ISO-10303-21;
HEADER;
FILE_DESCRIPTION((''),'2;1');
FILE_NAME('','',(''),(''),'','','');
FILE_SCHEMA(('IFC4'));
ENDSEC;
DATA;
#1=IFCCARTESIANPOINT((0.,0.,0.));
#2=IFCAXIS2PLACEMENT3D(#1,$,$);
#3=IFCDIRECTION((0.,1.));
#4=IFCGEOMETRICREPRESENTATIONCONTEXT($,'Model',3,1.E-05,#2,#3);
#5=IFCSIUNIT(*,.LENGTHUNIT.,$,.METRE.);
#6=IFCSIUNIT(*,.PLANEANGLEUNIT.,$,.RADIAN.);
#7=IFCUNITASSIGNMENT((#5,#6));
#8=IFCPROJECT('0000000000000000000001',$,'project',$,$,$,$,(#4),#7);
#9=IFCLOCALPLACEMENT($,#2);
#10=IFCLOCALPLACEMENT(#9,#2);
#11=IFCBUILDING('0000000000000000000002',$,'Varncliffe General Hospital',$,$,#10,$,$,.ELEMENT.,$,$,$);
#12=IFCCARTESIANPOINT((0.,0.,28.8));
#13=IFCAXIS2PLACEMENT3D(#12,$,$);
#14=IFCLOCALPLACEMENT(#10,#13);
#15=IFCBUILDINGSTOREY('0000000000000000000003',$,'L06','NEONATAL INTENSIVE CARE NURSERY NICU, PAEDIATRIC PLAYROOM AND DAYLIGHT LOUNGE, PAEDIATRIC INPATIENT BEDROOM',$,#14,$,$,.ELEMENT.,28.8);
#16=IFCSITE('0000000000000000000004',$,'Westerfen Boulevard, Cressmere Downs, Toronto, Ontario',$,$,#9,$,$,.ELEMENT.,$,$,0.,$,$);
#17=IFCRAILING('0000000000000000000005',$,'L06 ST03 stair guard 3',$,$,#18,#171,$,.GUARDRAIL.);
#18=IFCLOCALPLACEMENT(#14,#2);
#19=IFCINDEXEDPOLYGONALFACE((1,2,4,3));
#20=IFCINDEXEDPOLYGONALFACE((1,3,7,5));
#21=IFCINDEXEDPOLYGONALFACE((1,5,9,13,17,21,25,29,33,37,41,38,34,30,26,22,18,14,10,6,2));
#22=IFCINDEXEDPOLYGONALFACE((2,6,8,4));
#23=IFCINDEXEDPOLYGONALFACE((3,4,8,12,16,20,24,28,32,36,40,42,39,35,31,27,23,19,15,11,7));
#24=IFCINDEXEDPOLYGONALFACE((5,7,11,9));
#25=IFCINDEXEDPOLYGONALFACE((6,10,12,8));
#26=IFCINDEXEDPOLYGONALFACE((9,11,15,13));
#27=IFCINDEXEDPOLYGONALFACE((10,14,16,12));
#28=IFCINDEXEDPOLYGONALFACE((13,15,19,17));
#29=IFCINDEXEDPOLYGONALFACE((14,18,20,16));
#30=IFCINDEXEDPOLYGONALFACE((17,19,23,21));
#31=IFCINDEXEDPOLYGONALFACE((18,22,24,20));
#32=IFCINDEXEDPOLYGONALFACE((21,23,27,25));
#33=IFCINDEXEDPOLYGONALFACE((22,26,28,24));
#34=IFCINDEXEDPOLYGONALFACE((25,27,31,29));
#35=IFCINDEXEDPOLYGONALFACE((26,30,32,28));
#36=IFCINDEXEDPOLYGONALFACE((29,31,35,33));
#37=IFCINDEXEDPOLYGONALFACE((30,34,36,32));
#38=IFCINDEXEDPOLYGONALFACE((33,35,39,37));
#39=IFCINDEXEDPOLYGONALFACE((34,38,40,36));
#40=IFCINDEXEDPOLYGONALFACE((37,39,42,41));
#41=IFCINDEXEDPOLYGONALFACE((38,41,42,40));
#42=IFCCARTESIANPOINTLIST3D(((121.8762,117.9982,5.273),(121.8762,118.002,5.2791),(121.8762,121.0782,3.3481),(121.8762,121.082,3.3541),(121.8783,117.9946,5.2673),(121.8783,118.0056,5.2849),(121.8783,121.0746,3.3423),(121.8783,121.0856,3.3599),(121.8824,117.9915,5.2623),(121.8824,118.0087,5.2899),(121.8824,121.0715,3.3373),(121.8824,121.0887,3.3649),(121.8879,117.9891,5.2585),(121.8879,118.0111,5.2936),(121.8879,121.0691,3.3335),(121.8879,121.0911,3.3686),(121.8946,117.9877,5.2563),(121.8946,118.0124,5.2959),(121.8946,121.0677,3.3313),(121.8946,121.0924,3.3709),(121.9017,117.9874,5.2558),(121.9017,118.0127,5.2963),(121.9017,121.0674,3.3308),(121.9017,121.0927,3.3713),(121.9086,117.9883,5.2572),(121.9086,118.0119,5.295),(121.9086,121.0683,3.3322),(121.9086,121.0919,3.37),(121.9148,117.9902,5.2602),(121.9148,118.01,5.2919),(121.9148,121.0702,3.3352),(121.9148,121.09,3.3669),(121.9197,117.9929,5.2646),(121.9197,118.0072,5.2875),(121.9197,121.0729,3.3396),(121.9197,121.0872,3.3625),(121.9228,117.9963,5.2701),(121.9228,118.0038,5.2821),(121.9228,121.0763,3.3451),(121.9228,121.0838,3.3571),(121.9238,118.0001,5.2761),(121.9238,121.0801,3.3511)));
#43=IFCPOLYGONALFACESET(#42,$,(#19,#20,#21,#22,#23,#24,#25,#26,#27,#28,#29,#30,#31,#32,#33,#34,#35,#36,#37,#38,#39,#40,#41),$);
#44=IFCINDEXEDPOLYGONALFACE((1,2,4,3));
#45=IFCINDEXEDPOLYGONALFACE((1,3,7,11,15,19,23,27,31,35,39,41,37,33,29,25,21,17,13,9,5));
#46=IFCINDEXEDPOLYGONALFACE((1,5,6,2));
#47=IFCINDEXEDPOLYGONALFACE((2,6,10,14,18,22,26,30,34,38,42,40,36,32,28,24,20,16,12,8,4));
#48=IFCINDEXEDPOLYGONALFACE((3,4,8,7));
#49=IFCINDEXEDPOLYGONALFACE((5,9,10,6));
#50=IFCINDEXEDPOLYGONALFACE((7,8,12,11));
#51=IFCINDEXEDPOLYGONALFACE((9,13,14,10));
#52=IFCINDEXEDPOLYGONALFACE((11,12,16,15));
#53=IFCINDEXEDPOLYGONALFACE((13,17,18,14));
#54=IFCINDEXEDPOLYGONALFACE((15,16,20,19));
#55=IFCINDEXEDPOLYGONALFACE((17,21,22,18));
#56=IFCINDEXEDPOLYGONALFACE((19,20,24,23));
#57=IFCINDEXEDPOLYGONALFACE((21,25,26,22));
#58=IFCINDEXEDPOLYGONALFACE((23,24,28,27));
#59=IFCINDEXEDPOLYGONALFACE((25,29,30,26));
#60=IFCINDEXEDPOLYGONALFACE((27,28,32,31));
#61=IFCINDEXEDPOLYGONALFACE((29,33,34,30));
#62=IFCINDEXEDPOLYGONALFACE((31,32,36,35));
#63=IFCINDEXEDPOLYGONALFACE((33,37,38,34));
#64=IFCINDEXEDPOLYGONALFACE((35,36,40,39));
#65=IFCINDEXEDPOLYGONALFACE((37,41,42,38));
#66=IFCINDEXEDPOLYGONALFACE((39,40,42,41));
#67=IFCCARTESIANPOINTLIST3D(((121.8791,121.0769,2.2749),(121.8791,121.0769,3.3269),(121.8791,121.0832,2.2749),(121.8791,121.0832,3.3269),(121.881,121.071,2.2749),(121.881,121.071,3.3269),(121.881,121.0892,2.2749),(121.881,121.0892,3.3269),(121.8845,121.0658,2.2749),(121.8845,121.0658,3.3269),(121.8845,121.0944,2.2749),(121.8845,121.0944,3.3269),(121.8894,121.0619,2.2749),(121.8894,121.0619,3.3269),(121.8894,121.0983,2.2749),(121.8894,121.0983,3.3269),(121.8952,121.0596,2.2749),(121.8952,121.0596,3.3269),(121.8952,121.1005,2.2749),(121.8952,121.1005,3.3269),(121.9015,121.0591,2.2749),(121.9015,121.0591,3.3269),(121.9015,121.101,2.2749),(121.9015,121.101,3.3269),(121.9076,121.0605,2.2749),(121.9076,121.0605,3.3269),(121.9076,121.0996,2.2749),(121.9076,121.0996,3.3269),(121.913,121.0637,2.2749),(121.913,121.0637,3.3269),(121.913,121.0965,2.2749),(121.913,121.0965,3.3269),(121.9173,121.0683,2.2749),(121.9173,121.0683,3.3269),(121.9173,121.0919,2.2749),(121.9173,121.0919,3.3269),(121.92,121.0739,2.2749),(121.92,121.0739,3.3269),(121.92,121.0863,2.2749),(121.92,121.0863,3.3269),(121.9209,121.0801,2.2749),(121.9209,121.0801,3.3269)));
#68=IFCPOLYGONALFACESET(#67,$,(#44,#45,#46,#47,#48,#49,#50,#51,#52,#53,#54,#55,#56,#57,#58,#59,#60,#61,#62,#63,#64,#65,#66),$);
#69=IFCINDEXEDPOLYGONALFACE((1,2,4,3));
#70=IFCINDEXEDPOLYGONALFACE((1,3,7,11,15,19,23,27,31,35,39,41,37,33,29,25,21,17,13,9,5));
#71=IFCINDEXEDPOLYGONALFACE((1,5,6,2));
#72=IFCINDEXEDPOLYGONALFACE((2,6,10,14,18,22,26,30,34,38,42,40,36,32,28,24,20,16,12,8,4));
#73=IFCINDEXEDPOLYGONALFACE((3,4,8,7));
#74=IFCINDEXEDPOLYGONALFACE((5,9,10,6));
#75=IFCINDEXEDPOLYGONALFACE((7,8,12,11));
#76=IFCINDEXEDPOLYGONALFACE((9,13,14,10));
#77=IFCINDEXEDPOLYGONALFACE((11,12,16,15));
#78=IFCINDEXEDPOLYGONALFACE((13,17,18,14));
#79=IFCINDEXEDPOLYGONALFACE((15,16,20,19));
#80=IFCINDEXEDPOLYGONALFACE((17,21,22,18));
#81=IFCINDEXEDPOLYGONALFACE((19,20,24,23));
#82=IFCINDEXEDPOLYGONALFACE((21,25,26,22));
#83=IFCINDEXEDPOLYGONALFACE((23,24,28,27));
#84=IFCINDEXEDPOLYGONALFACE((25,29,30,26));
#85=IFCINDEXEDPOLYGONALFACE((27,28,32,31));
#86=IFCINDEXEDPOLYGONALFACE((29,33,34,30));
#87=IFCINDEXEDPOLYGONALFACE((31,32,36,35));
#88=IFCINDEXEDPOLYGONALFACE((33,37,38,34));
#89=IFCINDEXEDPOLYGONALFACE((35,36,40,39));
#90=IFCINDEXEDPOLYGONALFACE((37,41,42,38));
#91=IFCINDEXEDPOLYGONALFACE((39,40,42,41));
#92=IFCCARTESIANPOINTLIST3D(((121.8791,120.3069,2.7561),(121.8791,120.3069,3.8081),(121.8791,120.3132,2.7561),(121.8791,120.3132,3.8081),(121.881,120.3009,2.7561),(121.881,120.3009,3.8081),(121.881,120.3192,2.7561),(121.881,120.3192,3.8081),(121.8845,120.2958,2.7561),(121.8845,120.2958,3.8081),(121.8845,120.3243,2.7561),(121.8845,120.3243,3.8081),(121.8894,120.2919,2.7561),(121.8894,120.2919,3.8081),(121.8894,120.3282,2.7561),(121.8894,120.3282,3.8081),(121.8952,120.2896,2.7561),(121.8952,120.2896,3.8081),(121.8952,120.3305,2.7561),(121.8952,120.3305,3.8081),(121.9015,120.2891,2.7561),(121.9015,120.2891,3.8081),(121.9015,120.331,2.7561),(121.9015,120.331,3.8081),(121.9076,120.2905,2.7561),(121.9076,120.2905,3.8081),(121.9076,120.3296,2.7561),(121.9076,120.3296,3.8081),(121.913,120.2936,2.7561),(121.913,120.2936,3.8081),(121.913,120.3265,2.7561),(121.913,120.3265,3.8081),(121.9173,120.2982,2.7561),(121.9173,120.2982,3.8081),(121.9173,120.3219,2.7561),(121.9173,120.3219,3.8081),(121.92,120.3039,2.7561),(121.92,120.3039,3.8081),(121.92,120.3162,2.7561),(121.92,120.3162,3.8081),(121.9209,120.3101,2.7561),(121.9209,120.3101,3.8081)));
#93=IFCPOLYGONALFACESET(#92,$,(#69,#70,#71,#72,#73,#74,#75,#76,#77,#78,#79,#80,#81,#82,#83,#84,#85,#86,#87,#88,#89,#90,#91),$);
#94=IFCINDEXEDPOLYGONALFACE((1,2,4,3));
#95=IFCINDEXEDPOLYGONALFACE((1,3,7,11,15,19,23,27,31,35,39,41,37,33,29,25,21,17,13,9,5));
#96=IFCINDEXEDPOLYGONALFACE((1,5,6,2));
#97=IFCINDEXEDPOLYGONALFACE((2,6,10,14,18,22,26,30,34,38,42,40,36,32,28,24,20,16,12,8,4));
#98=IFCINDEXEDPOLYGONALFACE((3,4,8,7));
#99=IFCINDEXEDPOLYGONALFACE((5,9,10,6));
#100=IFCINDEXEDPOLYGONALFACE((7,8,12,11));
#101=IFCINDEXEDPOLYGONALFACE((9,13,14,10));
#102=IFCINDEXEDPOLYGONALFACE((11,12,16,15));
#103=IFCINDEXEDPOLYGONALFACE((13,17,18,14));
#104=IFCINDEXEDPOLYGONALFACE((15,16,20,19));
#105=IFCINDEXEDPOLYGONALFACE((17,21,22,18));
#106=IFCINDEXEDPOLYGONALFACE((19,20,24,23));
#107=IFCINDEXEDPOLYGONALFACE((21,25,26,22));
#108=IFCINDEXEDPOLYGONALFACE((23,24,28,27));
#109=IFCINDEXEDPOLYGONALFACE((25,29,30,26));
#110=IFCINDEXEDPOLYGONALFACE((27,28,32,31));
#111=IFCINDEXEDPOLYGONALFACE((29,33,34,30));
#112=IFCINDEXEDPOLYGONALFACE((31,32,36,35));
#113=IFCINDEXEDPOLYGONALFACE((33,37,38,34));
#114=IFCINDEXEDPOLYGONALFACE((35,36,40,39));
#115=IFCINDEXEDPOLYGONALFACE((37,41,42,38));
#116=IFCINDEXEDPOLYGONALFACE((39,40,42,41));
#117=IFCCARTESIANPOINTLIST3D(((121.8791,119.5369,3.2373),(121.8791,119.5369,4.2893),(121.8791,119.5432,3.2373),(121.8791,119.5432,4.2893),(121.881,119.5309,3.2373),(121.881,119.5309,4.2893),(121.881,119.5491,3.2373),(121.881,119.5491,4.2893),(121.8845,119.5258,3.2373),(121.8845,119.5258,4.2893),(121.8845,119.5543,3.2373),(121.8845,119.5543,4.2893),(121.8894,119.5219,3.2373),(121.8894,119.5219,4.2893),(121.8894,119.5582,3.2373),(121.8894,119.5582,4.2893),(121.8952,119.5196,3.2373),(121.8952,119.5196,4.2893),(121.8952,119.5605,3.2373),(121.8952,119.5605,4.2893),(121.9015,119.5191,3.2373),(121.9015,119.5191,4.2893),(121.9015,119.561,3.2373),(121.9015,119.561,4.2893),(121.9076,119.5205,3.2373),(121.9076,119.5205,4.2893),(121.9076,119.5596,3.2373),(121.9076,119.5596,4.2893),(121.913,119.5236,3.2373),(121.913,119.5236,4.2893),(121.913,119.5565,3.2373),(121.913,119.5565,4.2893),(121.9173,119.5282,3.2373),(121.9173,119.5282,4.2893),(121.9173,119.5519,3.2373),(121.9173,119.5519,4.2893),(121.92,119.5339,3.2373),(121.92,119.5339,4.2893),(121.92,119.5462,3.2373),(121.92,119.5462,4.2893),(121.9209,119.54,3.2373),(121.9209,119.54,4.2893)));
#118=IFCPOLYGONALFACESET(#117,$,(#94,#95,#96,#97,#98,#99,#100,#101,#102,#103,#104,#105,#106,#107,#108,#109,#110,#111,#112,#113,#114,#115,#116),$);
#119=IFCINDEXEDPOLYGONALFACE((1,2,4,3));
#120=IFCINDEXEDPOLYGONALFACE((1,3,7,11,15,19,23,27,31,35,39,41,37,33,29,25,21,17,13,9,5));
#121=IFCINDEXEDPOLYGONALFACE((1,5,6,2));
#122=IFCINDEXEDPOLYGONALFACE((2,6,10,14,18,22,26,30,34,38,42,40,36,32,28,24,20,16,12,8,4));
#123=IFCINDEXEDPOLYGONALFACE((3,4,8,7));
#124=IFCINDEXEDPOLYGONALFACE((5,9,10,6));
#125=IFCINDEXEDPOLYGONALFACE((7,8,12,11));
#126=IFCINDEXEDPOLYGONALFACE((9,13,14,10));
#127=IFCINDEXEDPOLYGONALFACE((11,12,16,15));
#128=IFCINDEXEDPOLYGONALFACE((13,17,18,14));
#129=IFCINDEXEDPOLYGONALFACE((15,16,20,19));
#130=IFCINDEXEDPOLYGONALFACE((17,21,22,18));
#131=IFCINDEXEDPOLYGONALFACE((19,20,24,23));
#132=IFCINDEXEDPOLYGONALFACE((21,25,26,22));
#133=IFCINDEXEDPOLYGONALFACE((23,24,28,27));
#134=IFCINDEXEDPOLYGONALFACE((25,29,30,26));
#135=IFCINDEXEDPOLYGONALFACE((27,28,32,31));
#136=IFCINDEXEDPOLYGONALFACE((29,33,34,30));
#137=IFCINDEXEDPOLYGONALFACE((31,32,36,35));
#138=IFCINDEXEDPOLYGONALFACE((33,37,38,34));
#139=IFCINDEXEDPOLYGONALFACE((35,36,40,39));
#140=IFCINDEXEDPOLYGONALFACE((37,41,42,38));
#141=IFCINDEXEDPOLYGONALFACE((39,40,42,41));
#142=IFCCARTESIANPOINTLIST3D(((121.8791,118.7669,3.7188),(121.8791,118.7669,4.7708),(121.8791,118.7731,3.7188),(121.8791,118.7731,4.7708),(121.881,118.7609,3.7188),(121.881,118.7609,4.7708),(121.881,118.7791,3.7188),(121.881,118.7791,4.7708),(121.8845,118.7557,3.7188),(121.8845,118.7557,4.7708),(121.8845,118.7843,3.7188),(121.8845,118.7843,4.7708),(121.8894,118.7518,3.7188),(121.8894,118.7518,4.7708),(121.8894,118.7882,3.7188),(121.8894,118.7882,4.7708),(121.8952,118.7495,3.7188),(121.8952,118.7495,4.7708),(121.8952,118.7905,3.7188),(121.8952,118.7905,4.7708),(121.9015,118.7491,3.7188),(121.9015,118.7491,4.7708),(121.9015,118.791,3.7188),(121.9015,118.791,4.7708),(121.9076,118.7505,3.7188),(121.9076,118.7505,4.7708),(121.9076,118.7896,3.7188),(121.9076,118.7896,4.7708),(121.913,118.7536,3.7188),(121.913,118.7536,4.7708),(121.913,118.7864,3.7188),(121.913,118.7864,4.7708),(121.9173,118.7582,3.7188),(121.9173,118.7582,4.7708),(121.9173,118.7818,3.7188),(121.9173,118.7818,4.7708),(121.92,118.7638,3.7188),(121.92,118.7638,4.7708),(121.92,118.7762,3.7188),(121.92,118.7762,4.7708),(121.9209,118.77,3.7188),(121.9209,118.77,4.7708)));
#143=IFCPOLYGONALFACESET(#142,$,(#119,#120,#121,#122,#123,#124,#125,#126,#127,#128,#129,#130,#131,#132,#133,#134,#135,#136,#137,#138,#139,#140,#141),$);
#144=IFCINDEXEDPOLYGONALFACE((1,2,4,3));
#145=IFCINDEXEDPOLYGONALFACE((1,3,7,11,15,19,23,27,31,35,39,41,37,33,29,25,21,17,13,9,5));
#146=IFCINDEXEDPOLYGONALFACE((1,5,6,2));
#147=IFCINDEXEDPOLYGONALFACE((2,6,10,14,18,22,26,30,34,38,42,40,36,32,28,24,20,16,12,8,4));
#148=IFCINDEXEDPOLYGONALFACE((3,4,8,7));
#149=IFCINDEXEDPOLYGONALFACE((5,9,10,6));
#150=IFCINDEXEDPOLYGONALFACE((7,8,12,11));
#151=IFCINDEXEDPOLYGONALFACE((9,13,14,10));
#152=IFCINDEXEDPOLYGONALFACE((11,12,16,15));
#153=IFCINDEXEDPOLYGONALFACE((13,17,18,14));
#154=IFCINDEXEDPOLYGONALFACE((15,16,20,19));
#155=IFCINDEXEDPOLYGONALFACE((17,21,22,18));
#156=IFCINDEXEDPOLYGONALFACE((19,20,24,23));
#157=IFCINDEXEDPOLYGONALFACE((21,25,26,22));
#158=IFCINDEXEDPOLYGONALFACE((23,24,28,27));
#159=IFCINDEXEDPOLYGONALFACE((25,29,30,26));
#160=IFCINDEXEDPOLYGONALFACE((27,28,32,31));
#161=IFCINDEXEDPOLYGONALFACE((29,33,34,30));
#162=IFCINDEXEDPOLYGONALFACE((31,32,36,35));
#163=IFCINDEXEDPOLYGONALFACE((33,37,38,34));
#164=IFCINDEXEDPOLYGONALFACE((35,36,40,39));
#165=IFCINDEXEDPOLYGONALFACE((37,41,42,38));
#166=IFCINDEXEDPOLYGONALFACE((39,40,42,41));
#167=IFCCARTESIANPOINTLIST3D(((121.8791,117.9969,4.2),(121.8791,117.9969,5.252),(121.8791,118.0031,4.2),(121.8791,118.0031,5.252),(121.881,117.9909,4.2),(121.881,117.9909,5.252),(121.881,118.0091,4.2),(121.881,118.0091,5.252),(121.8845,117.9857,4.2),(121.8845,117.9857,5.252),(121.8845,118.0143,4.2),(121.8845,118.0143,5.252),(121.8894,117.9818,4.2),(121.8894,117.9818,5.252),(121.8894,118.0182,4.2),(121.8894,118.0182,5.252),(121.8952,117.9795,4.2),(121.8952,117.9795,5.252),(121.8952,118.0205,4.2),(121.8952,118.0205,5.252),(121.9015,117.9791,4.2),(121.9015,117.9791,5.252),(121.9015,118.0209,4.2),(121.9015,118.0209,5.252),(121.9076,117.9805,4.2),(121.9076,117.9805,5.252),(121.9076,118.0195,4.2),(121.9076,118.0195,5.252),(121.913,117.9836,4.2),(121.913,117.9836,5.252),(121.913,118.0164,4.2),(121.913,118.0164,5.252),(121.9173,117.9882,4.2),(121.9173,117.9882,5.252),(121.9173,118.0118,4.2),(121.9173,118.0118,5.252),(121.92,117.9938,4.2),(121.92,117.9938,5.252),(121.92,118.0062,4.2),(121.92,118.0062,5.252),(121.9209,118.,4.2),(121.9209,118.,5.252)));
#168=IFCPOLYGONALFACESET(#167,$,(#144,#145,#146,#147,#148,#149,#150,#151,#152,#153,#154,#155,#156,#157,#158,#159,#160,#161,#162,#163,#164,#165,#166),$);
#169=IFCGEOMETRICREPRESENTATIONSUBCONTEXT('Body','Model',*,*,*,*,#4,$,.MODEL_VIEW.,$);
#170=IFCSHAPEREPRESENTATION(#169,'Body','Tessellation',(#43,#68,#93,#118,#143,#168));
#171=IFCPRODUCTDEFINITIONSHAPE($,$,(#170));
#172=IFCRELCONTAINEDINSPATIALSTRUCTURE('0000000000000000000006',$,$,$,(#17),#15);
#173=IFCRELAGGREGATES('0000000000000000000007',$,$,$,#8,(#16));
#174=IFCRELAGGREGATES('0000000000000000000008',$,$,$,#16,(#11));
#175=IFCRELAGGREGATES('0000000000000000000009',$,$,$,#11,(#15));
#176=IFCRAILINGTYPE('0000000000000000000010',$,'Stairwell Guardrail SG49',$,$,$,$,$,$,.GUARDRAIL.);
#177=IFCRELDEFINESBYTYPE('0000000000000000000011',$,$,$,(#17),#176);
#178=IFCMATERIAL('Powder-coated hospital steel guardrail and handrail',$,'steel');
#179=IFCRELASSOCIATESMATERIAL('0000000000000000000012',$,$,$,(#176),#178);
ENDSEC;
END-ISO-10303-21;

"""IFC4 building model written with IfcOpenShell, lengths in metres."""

from ifc_helpers import new_model, si_unit, direction, frame, origin, origin_2d, place, context, subcontext, project, spatial, circle, extrude, material, type_object, element, save


model = new_model("IFC4")

# Units and contexts
model_context = context("Model", 3, precision=1e-05, world=origin(), true_north=direction((0.0, 1.0)))
body_context = subcontext(model_context, "Body", "Model", "MODEL_VIEW")
ifc_project = project(units=[si_unit("LENGTHUNIT", "METRE"), si_unit("PLANEANGLEUNIT", "RADIAN")], contexts=[model_context])

# Site, building, storey
site_placement = place(None, origin())
site = spatial("IfcSite", under=ifc_project, at=site_placement, Name="Westerfen Boulevard, Cressmere Downs, Toronto, Ontario", CompositionType="ELEMENT", RefElevation=0.0)
building_placement = place(site_placement, origin())
building = spatial("IfcBuilding", under=site, at=building_placement, Name="Varncliffe General Hospital", CompositionType="ELEMENT")
storey_placement = place(building_placement, frame((0.0, 0.0, 28.8)))
storey = spatial("IfcBuildingStorey", under=building, at=storey_placement, Name="L06", Description="NEONATAL INTENSIVE CARE NURSERY NICU, PAEDIATRIC PLAYROOM AND DAYLIGHT LOUNGE, PAEDIATRIC INPATIENT BEDROOM", CompositionType="ELEMENT", Elevation=28.8)

# Railing
ifc_material_1 = material(Name="Powder-coated hospital steel guardrail and handrail", Category="steel")
railing_type_1 = type_object("IfcRailingType", Name="Stairwell Guardrail SG49", PredefinedType="GUARDRAIL", material=ifc_material_1)
railing_1_placement = place(storey_placement, frame((121.8999, 121.0801, 2.2749)))
element("IfcRailing", 1, at=railing_1_placement, inside=storey, type_object=railing_type_1, Name="L06 ST03 stair guard 3", PredefinedType="GUARDRAIL", context=body_context, shape_type="SweptSolid", body=[
    extrude(circle(Radius=0.0239, at=origin_2d()), frame((0.0, 0.0, 1.0762), z_axis=(0.0, -0.847998, 0.529999), x_axis=(1.0, 0.0, 0.0)), (0.0, 0.0, 1.0), 3.6321),
    extrude(circle(Radius=0.021, at=origin_2d()), origin(), (0.0, 0.0, 1.0), 1.052),
    extrude(circle(Radius=0.021, at=origin_2d()), frame((0.0, -0.77, 0.4812)), (0.0, 0.0, 1.0), 1.052),
    extrude(circle(Radius=0.021, at=origin_2d()), frame((0.0, -1.54, 0.9624)), (0.0, 0.0, 1.0), 1.052),
    extrude(circle(Radius=0.021, at=origin_2d()), frame((0.0, -2.3101, 1.4438)), (0.0, 0.0, 1.0), 1.052),
    extrude(circle(Radius=0.021, at=origin_2d()), frame((0.0, -3.0801, 1.925)), (0.0, 0.0, 1.0), 1.052),
])

save(model, "model.ifc")
